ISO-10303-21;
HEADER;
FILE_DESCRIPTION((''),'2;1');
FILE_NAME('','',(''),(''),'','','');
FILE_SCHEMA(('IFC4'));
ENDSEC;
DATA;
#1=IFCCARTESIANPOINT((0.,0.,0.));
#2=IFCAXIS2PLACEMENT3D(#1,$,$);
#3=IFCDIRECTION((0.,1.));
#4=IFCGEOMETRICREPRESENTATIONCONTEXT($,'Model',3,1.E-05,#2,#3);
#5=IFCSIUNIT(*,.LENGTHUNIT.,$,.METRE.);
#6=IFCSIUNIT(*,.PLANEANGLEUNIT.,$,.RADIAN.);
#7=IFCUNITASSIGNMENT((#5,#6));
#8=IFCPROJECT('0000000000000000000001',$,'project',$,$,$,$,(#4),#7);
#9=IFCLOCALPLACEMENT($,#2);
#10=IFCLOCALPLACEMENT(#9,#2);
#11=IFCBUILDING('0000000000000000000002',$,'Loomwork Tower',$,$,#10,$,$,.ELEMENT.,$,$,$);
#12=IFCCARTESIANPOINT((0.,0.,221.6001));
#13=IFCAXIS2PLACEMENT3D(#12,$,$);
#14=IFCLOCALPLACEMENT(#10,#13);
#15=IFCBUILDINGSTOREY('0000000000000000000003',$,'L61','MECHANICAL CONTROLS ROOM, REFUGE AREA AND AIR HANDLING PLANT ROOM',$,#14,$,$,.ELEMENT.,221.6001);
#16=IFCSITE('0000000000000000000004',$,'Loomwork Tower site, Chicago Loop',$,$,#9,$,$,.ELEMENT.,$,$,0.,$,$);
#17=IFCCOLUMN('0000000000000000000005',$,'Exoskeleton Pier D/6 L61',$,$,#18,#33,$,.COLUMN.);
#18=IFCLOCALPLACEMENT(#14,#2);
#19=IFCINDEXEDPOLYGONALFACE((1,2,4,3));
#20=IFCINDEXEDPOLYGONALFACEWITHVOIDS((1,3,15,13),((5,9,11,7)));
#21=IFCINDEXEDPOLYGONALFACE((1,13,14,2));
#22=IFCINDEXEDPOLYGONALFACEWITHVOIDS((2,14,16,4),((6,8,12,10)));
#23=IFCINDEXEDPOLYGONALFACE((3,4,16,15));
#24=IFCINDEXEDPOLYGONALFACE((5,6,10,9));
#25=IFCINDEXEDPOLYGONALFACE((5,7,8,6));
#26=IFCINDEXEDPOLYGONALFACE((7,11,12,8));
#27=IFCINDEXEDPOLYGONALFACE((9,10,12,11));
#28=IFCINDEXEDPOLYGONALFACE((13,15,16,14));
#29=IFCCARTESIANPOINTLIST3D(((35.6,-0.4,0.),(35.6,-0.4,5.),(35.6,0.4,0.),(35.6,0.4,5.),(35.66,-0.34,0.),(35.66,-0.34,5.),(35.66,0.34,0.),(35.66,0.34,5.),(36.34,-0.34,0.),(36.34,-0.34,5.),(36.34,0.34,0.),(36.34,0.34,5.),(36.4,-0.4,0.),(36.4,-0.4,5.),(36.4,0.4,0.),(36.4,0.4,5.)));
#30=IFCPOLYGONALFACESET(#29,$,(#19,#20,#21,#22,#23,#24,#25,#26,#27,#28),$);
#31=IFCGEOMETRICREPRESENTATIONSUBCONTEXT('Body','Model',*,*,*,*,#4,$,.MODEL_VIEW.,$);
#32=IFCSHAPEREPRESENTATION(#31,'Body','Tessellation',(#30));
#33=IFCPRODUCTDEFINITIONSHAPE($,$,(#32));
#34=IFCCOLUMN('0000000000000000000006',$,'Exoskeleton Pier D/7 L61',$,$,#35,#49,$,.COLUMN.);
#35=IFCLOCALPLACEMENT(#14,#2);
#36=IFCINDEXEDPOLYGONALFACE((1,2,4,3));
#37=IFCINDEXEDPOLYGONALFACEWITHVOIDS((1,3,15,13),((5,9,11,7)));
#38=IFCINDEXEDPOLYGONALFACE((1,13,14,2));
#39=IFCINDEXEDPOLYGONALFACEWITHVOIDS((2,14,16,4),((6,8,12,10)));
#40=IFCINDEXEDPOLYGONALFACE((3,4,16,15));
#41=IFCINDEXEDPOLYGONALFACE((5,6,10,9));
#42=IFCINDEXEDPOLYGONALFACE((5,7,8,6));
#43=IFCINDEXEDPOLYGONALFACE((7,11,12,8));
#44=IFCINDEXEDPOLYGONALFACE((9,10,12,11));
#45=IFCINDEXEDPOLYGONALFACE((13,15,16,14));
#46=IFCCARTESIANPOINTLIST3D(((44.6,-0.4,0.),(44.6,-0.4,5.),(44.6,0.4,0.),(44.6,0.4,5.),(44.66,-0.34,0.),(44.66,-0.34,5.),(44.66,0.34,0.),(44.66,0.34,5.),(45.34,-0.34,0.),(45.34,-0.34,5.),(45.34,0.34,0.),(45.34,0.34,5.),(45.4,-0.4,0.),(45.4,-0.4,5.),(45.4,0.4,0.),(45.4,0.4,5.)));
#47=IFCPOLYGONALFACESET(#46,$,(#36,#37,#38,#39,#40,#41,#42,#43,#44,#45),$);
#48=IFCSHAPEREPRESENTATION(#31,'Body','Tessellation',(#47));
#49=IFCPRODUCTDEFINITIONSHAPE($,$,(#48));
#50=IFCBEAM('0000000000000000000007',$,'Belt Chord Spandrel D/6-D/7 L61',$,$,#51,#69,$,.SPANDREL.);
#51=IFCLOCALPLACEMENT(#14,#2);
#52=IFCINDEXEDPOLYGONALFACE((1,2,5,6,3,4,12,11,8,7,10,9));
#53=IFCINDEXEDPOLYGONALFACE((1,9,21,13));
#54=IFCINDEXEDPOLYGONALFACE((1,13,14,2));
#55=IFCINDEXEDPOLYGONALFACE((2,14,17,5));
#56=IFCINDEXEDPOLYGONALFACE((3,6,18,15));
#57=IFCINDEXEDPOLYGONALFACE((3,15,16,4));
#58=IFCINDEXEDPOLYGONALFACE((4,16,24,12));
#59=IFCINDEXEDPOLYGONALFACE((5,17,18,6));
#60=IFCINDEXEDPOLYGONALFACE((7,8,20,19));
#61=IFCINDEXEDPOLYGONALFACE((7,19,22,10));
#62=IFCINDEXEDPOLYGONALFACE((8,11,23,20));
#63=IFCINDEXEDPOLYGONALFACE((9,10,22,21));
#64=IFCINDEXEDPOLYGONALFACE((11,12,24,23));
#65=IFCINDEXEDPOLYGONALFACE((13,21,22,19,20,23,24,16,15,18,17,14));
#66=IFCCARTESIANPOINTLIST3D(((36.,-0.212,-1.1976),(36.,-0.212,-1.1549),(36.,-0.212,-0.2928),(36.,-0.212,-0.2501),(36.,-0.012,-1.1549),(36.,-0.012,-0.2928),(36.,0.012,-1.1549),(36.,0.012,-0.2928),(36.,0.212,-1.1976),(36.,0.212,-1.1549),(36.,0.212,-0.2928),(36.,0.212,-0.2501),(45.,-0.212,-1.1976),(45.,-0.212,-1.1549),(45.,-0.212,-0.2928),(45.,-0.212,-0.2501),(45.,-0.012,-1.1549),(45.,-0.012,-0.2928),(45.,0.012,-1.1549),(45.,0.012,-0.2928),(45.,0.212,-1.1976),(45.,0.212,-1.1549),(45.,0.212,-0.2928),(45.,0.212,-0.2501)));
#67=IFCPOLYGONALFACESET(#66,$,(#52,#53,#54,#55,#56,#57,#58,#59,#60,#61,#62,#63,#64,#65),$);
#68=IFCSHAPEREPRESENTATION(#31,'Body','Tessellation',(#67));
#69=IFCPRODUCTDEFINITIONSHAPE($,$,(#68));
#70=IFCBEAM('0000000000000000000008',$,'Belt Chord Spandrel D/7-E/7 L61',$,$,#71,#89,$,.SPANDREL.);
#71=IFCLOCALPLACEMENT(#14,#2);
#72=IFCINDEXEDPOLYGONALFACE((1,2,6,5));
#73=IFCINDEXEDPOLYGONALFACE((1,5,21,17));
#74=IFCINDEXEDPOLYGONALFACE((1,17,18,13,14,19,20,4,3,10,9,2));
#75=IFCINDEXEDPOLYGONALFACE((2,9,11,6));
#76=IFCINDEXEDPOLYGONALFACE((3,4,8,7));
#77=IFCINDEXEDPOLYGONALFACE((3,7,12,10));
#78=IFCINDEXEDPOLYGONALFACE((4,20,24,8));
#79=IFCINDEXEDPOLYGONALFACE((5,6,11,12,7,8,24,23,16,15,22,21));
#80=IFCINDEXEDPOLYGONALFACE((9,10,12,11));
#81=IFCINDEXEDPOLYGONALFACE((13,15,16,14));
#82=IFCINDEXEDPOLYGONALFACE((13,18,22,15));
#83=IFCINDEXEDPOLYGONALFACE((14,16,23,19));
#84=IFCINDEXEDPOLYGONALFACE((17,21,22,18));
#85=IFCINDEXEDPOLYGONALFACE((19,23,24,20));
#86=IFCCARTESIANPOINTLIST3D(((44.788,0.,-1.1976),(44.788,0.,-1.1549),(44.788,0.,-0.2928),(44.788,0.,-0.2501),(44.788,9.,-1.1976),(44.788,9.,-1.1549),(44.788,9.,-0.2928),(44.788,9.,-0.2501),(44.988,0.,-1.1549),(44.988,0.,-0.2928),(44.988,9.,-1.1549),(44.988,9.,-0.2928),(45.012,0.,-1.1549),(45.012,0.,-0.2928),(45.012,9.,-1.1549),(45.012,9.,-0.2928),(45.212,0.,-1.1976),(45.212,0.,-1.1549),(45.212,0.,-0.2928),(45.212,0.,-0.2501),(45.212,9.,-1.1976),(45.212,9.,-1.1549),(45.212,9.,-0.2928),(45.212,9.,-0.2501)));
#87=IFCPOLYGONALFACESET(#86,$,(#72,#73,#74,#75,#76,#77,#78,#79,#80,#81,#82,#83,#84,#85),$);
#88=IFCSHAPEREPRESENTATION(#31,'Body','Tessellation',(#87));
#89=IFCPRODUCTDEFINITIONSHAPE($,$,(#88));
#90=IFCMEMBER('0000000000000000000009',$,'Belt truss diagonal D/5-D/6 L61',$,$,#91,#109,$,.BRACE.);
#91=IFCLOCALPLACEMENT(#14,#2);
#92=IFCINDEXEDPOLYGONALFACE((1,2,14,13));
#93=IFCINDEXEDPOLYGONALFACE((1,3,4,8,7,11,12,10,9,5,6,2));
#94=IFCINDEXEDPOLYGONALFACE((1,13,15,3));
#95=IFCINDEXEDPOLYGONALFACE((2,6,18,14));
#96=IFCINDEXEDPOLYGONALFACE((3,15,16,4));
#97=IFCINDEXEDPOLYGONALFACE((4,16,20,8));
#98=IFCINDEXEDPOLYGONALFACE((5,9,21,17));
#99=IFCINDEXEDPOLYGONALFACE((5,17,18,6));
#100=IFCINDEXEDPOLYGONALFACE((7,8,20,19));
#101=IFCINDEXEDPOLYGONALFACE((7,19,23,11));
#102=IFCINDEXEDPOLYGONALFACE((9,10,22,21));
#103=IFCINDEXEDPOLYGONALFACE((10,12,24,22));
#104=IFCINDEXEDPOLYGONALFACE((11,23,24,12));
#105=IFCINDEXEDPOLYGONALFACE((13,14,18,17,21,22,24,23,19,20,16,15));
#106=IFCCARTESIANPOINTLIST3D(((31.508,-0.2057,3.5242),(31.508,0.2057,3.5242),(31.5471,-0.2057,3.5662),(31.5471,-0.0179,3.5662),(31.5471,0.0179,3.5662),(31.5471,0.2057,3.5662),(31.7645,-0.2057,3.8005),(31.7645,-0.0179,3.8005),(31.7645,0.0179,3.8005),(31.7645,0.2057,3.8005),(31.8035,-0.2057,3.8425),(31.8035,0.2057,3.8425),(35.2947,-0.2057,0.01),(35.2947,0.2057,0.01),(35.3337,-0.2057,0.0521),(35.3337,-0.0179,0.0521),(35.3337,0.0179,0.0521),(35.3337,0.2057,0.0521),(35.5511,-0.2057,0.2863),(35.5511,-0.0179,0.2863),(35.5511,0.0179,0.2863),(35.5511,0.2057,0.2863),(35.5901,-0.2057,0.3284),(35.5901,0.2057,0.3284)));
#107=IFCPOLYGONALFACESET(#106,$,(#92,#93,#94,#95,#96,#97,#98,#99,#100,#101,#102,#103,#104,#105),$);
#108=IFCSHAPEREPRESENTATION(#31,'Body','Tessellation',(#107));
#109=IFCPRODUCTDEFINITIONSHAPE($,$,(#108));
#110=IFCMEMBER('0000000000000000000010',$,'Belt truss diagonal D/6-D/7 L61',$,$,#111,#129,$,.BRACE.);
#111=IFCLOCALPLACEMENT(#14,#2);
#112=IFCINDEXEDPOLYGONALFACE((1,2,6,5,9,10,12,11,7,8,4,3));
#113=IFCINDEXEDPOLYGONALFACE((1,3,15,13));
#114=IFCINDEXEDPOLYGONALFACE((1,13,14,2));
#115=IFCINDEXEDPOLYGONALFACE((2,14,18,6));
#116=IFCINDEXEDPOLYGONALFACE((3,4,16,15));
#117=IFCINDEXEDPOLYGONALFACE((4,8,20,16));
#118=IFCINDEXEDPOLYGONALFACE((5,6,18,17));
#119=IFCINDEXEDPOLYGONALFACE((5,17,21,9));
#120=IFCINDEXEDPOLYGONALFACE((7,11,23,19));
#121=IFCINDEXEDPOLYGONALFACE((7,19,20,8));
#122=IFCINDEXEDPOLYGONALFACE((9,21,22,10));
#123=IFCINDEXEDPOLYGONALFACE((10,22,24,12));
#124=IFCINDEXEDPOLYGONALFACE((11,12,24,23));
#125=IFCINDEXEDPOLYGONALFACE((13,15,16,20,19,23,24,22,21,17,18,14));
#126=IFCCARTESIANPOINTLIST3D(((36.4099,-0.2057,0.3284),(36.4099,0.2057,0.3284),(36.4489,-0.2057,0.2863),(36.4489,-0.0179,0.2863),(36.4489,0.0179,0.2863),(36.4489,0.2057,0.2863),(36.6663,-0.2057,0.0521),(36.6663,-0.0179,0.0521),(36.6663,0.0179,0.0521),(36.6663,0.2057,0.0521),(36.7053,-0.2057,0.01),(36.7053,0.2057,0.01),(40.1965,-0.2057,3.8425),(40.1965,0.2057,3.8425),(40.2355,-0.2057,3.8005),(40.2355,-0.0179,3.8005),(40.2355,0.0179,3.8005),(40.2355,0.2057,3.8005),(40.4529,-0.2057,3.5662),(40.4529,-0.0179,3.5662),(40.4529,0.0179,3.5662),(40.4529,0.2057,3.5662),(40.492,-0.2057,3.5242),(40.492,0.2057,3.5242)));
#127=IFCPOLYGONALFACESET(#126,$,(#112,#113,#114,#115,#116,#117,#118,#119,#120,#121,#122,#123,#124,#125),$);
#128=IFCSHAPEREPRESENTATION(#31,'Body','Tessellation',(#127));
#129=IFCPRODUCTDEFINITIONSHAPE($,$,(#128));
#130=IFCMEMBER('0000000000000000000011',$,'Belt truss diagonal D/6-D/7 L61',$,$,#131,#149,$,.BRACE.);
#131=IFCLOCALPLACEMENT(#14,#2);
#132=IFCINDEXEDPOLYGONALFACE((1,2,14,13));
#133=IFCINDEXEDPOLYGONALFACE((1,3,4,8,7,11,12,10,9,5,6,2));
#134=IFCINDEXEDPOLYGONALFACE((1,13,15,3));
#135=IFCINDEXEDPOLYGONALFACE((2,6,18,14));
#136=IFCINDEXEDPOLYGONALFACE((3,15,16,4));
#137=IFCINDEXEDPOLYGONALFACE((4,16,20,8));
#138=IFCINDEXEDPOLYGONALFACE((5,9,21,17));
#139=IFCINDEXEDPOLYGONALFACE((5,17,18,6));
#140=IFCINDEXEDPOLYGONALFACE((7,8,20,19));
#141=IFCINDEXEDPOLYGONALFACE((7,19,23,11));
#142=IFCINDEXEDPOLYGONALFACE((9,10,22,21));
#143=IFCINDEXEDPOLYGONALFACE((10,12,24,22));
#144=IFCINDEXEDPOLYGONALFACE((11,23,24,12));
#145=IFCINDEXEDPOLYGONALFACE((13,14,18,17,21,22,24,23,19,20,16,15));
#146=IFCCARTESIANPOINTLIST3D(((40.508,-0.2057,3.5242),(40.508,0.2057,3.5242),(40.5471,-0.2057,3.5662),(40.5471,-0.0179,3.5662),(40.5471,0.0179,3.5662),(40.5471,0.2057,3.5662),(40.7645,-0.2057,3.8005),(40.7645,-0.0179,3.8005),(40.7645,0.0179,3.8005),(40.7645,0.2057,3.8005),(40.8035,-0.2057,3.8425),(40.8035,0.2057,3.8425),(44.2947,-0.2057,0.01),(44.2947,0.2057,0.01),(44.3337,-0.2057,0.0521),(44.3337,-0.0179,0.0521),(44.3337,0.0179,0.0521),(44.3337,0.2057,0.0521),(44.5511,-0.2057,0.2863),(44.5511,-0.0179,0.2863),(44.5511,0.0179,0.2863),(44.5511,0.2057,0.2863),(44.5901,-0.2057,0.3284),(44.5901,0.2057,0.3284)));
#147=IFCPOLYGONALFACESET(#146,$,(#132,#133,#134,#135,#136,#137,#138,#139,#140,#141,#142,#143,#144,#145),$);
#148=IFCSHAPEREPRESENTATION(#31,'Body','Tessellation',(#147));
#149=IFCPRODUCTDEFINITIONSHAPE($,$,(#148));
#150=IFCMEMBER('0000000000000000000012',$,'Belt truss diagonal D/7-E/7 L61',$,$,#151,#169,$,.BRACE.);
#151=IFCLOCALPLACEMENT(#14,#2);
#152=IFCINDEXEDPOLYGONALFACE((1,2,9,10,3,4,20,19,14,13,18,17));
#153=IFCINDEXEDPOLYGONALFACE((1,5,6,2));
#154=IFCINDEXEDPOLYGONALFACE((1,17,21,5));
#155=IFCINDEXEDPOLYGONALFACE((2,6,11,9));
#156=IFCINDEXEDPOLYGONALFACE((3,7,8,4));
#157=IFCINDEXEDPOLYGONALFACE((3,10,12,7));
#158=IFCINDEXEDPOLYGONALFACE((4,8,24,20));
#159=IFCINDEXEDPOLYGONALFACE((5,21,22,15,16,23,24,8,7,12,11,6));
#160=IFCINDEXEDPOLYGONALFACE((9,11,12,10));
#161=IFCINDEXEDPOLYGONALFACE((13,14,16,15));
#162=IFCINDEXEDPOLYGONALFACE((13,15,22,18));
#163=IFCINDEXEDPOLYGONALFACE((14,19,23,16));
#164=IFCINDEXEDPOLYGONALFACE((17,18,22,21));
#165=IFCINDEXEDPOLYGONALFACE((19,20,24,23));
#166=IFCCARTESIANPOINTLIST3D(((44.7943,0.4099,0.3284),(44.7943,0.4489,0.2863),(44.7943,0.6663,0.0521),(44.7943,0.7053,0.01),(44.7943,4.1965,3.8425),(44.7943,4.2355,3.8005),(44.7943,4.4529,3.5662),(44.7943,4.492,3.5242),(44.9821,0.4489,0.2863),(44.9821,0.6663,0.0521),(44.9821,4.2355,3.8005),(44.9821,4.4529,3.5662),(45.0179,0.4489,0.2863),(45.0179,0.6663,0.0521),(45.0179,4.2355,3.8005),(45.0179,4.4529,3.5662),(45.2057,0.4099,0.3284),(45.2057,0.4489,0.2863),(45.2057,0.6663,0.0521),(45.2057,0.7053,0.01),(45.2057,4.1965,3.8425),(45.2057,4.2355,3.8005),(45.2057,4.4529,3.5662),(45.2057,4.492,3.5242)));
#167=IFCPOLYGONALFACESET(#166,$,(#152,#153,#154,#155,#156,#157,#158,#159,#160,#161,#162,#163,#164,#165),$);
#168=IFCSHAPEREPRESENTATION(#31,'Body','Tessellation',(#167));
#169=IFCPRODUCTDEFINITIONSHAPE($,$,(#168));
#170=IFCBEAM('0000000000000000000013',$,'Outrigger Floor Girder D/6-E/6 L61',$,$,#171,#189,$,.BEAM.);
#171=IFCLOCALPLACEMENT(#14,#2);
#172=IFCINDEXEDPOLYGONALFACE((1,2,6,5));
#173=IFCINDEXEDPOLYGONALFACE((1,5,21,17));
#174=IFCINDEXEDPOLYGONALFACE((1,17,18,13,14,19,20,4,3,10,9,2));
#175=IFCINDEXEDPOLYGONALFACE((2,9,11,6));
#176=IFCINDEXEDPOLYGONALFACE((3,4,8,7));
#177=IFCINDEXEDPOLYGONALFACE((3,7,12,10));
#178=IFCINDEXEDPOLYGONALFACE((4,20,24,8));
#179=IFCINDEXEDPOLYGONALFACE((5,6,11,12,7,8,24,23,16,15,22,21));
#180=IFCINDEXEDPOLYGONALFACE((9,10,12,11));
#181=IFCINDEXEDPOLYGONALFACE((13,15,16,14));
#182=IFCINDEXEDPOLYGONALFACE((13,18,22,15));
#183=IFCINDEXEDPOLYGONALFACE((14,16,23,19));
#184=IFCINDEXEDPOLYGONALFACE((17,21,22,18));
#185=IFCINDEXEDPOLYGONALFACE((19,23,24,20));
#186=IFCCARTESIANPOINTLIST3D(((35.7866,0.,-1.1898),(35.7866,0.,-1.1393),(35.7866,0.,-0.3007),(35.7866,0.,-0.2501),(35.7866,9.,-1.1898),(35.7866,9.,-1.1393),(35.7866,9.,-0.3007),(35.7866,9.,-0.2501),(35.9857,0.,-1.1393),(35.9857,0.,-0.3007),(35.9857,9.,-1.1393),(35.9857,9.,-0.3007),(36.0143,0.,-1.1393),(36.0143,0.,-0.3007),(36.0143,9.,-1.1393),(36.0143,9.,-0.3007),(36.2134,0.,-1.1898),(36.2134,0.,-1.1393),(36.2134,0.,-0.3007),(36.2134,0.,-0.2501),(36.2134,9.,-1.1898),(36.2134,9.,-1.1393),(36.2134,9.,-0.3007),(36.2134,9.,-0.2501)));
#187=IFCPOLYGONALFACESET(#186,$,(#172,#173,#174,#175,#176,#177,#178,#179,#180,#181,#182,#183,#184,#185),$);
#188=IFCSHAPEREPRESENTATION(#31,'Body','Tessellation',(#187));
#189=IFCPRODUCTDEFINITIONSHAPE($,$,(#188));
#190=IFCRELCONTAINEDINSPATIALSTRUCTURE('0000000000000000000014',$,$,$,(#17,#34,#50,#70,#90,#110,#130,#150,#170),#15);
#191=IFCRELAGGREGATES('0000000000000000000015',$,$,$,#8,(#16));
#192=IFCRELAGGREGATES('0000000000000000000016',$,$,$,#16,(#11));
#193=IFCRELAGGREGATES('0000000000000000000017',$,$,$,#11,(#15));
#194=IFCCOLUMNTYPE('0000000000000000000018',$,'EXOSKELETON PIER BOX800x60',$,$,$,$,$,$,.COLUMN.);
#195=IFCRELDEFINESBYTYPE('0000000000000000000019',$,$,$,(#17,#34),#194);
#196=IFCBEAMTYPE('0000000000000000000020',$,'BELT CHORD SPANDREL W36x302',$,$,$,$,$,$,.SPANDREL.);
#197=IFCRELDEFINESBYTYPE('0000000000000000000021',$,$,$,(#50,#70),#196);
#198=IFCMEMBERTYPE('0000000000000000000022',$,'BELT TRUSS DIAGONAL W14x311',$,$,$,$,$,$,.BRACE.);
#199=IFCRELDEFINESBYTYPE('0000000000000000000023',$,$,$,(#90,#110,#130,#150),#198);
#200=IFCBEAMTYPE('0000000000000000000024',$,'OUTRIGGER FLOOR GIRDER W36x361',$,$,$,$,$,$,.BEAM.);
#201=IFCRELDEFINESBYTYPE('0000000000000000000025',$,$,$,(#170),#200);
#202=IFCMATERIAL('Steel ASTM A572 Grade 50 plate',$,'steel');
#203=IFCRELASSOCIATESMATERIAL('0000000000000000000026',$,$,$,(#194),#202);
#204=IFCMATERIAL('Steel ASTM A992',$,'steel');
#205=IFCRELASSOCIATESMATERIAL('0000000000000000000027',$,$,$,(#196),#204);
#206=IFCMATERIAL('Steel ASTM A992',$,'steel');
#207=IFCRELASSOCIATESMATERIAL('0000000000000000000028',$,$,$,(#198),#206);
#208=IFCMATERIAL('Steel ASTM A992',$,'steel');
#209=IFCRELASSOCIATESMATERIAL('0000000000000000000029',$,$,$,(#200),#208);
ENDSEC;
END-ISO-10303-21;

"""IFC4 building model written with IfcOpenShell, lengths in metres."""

from ifc_helpers import new_model, si_unit, direction, frame, origin, origin_2d, place, context, subcontext, project, spatial, hollow_rectangle, i_section, extrude, material, material_profile, profile_set, type_object, element, save


model = new_model("IFC4")

# Units and contexts
model_context = context("Model", 3, precision=1e-05, world=origin(), true_north=direction((0.0, 1.0)))
body_context = subcontext(model_context, "Body", "Model", "MODEL_VIEW")
ifc_project = project(units=[si_unit("LENGTHUNIT", "METRE"), si_unit("PLANEANGLEUNIT", "RADIAN")], contexts=[model_context])

# Site, building, storey
site_placement = place(None, origin())
site = spatial("IfcSite", under=ifc_project, at=site_placement, Name="Loomwork Tower site, Chicago Loop", CompositionType="ELEMENT", RefElevation=0.0)
building_placement = place(site_placement, origin())
building = spatial("IfcBuilding", under=site, at=building_placement, Name="Loomwork Tower", CompositionType="ELEMENT")
storey_placement = place(building_placement, frame((0.0, 0.0, 221.6001)))
storey = spatial("IfcBuildingStorey", under=building, at=storey_placement, Name="L61", Description="MECHANICAL CONTROLS ROOM, REFUGE AREA AND AIR HANDLING PLANT ROOM", CompositionType="ELEMENT", Elevation=221.6001)

# Columns
ifc_material_1 = material(Name="Steel ASTM A572 Grade 50 plate", Category="steel")
ifc_material_profile_1 = material_profile(ifc_material_1, hollow_rectangle(XDim=0.8, YDim=0.8, WallThickness=0.0601, at=origin_2d()), Name="BOX800x60")
ifc_profile_set_1 = profile_set([ifc_material_profile_1], Name="Steel ASTM A572 Grade 50 plate")
column_type = type_object("IfcColumnType", Name="EXOSKELETON PIER BOX800x60", PredefinedType="COLUMN", material=ifc_profile_set_1)
for number, where, z_axis, x_axis, name in (
    (1, (36.0, 0.0, 0.0), (0.0, 0.0, 1.0), (1.0, 0.0, 0.0), "Exoskeleton Pier D/6 L61"),
    (2, (45.0, 0.0, 0.0), (0.0, 0.0, 1.0), (1.0, 0.0, 0.0), "Exoskeleton Pier D/7 L61"),
):
    element("IfcColumn", number, at=place(storey_placement, frame(where, z_axis=z_axis, x_axis=x_axis)), inside=storey, type_object=column_type, Name=name, PredefinedType="COLUMN", context=body_context, shape_type="SweptSolid", body=[
        extrude(hollow_rectangle(XDim=0.8, YDim=0.8, WallThickness=0.0601, at=origin_2d()), origin(), (0.0, 0.0, 1.0), 5.0),
    ])

# Beams
ifc_material_2 = material(Name="Steel ASTM A992", Category="steel")
ifc_material_profile_2 = material_profile(ifc_material_2, i_section(OverallWidth=0.4241, OverallDepth=0.9475, WebThickness=0.0239, FlangeThickness=0.0427, at=origin_2d()), Name="W36x302")
ifc_profile_set_2 = profile_set([ifc_material_profile_2], Name="Steel ASTM A992")
beam_type_1 = type_object("IfcBeamType", Name="BELT CHORD SPANDREL W36x302", PredefinedType="SPANDREL", material=ifc_profile_set_2)
for number, where, z_axis, x_axis, name in (
    (3, (36.0, 0.0, -0.7239), (1.0, 0.0, 0.0), (0.0, 1.0, 0.0), "Belt Chord Spandrel D/6-D/7 L61"),
    (4, (45.0, 0.0, -0.7239), (0.0, 1.0, 0.0), (-1.0, 0.0, 0.0), "Belt Chord Spandrel D/7-E/7 L61"),
):
    element("IfcBeam", number, at=place(storey_placement, frame(where, z_axis=z_axis, x_axis=x_axis)), inside=storey, type_object=beam_type_1, Name=name, PredefinedType="SPANDREL", context=body_context, shape_type="SweptSolid", body=[
        extrude(i_section(OverallWidth=0.4241, OverallDepth=0.9475, WebThickness=0.0239, FlangeThickness=0.0427, at=origin_2d()), origin(), (0.0, 0.0, 1.0), 9.0),
    ])

# Members
ifc_material_3 = material(Name="Steel ASTM A992", Category="steel")
ifc_material_profile_3 = material_profile(ifc_material_3, i_section(OverallWidth=0.4114, OverallDepth=0.4343, WebThickness=0.0359, FlangeThickness=0.0574, at=origin_2d()), Name="W14x311")
ifc_profile_set_3 = profile_set([ifc_material_profile_3], Name="Steel ASTM A992")
member_type_1 = type_object("IfcMemberType", Name="BELT TRUSS DIAGONAL W14x311", PredefinedType="BRACE", material=ifc_profile_set_3)
for number, where, z_axis, x_axis, name in (
    (5, (35.4424, 0.0, 0.1692), (-0.732985, 0.0, 0.680244), (0.0, -1.0, 0.0), "Belt truss diagonal D/5-D/6 L61"),
    (6, (36.5576, 0.0, 0.1692), (0.732985, 0.0, 0.680244), (0.0, 1.0, 0.0), "Belt truss diagonal D/6-D/7 L61"),
    (7, (44.4424, 0.0, 0.1692), (-0.732985, 0.0, 0.680244), (0.0, -1.0, 0.0), "Belt truss diagonal D/6-D/7 L61"),
    (8, (45.0, 0.5576, 0.1692), (0.0, 0.732985, 0.680244), (-1.0, 0.0, 0.0), "Belt truss diagonal D/7-E/7 L61"),
):
    element("IfcMember", number, at=place(storey_placement, frame(where, z_axis=z_axis, x_axis=x_axis)), inside=storey, type_object=member_type_1, Name=name, PredefinedType="BRACE", context=body_context, shape_type="SweptSolid", body=[
        extrude(i_section(OverallWidth=0.4114, OverallDepth=0.4343, WebThickness=0.0359, FlangeThickness=0.0574, at=origin_2d()), origin(), (0.0, 0.0, 1.0), 5.166),
    ])

# Beam
ifc_material_4 = material(Name="Steel ASTM A992", Category="steel")
ifc_material_profile_4 = material_profile(ifc_material_4, i_section(OverallWidth=0.4268, OverallDepth=0.9397, WebThickness=0.0286, FlangeThickness=0.0505, at=origin_2d()), Name="W36x361")
ifc_profile_set_4 = profile_set([ifc_material_profile_4], Name="Steel ASTM A992")
beam_type_2 = type_object("IfcBeamType", Name="OUTRIGGER FLOOR GIRDER W36x361", PredefinedType="BEAM", material=ifc_profile_set_4)
beam_1_placement = place(storey_placement, frame((36.0, 0.0, -0.72), z_axis=(0.0, 1.0, 0.0), x_axis=(-1.0, 0.0, 0.0)))
element("IfcBeam", 9, at=beam_1_placement, inside=storey, type_object=beam_type_2, Name="Outrigger Floor Girder D/6-E/6 L61", PredefinedType="BEAM", context=body_context, shape_type="SweptSolid", body=[
    extrude(i_section(OverallWidth=0.4268, OverallDepth=0.9397, WebThickness=0.0286, FlangeThickness=0.0505, at=origin_2d()), origin(), (0.0, 0.0, 1.0), 9.0),
])

save(model, "model.ifc")
